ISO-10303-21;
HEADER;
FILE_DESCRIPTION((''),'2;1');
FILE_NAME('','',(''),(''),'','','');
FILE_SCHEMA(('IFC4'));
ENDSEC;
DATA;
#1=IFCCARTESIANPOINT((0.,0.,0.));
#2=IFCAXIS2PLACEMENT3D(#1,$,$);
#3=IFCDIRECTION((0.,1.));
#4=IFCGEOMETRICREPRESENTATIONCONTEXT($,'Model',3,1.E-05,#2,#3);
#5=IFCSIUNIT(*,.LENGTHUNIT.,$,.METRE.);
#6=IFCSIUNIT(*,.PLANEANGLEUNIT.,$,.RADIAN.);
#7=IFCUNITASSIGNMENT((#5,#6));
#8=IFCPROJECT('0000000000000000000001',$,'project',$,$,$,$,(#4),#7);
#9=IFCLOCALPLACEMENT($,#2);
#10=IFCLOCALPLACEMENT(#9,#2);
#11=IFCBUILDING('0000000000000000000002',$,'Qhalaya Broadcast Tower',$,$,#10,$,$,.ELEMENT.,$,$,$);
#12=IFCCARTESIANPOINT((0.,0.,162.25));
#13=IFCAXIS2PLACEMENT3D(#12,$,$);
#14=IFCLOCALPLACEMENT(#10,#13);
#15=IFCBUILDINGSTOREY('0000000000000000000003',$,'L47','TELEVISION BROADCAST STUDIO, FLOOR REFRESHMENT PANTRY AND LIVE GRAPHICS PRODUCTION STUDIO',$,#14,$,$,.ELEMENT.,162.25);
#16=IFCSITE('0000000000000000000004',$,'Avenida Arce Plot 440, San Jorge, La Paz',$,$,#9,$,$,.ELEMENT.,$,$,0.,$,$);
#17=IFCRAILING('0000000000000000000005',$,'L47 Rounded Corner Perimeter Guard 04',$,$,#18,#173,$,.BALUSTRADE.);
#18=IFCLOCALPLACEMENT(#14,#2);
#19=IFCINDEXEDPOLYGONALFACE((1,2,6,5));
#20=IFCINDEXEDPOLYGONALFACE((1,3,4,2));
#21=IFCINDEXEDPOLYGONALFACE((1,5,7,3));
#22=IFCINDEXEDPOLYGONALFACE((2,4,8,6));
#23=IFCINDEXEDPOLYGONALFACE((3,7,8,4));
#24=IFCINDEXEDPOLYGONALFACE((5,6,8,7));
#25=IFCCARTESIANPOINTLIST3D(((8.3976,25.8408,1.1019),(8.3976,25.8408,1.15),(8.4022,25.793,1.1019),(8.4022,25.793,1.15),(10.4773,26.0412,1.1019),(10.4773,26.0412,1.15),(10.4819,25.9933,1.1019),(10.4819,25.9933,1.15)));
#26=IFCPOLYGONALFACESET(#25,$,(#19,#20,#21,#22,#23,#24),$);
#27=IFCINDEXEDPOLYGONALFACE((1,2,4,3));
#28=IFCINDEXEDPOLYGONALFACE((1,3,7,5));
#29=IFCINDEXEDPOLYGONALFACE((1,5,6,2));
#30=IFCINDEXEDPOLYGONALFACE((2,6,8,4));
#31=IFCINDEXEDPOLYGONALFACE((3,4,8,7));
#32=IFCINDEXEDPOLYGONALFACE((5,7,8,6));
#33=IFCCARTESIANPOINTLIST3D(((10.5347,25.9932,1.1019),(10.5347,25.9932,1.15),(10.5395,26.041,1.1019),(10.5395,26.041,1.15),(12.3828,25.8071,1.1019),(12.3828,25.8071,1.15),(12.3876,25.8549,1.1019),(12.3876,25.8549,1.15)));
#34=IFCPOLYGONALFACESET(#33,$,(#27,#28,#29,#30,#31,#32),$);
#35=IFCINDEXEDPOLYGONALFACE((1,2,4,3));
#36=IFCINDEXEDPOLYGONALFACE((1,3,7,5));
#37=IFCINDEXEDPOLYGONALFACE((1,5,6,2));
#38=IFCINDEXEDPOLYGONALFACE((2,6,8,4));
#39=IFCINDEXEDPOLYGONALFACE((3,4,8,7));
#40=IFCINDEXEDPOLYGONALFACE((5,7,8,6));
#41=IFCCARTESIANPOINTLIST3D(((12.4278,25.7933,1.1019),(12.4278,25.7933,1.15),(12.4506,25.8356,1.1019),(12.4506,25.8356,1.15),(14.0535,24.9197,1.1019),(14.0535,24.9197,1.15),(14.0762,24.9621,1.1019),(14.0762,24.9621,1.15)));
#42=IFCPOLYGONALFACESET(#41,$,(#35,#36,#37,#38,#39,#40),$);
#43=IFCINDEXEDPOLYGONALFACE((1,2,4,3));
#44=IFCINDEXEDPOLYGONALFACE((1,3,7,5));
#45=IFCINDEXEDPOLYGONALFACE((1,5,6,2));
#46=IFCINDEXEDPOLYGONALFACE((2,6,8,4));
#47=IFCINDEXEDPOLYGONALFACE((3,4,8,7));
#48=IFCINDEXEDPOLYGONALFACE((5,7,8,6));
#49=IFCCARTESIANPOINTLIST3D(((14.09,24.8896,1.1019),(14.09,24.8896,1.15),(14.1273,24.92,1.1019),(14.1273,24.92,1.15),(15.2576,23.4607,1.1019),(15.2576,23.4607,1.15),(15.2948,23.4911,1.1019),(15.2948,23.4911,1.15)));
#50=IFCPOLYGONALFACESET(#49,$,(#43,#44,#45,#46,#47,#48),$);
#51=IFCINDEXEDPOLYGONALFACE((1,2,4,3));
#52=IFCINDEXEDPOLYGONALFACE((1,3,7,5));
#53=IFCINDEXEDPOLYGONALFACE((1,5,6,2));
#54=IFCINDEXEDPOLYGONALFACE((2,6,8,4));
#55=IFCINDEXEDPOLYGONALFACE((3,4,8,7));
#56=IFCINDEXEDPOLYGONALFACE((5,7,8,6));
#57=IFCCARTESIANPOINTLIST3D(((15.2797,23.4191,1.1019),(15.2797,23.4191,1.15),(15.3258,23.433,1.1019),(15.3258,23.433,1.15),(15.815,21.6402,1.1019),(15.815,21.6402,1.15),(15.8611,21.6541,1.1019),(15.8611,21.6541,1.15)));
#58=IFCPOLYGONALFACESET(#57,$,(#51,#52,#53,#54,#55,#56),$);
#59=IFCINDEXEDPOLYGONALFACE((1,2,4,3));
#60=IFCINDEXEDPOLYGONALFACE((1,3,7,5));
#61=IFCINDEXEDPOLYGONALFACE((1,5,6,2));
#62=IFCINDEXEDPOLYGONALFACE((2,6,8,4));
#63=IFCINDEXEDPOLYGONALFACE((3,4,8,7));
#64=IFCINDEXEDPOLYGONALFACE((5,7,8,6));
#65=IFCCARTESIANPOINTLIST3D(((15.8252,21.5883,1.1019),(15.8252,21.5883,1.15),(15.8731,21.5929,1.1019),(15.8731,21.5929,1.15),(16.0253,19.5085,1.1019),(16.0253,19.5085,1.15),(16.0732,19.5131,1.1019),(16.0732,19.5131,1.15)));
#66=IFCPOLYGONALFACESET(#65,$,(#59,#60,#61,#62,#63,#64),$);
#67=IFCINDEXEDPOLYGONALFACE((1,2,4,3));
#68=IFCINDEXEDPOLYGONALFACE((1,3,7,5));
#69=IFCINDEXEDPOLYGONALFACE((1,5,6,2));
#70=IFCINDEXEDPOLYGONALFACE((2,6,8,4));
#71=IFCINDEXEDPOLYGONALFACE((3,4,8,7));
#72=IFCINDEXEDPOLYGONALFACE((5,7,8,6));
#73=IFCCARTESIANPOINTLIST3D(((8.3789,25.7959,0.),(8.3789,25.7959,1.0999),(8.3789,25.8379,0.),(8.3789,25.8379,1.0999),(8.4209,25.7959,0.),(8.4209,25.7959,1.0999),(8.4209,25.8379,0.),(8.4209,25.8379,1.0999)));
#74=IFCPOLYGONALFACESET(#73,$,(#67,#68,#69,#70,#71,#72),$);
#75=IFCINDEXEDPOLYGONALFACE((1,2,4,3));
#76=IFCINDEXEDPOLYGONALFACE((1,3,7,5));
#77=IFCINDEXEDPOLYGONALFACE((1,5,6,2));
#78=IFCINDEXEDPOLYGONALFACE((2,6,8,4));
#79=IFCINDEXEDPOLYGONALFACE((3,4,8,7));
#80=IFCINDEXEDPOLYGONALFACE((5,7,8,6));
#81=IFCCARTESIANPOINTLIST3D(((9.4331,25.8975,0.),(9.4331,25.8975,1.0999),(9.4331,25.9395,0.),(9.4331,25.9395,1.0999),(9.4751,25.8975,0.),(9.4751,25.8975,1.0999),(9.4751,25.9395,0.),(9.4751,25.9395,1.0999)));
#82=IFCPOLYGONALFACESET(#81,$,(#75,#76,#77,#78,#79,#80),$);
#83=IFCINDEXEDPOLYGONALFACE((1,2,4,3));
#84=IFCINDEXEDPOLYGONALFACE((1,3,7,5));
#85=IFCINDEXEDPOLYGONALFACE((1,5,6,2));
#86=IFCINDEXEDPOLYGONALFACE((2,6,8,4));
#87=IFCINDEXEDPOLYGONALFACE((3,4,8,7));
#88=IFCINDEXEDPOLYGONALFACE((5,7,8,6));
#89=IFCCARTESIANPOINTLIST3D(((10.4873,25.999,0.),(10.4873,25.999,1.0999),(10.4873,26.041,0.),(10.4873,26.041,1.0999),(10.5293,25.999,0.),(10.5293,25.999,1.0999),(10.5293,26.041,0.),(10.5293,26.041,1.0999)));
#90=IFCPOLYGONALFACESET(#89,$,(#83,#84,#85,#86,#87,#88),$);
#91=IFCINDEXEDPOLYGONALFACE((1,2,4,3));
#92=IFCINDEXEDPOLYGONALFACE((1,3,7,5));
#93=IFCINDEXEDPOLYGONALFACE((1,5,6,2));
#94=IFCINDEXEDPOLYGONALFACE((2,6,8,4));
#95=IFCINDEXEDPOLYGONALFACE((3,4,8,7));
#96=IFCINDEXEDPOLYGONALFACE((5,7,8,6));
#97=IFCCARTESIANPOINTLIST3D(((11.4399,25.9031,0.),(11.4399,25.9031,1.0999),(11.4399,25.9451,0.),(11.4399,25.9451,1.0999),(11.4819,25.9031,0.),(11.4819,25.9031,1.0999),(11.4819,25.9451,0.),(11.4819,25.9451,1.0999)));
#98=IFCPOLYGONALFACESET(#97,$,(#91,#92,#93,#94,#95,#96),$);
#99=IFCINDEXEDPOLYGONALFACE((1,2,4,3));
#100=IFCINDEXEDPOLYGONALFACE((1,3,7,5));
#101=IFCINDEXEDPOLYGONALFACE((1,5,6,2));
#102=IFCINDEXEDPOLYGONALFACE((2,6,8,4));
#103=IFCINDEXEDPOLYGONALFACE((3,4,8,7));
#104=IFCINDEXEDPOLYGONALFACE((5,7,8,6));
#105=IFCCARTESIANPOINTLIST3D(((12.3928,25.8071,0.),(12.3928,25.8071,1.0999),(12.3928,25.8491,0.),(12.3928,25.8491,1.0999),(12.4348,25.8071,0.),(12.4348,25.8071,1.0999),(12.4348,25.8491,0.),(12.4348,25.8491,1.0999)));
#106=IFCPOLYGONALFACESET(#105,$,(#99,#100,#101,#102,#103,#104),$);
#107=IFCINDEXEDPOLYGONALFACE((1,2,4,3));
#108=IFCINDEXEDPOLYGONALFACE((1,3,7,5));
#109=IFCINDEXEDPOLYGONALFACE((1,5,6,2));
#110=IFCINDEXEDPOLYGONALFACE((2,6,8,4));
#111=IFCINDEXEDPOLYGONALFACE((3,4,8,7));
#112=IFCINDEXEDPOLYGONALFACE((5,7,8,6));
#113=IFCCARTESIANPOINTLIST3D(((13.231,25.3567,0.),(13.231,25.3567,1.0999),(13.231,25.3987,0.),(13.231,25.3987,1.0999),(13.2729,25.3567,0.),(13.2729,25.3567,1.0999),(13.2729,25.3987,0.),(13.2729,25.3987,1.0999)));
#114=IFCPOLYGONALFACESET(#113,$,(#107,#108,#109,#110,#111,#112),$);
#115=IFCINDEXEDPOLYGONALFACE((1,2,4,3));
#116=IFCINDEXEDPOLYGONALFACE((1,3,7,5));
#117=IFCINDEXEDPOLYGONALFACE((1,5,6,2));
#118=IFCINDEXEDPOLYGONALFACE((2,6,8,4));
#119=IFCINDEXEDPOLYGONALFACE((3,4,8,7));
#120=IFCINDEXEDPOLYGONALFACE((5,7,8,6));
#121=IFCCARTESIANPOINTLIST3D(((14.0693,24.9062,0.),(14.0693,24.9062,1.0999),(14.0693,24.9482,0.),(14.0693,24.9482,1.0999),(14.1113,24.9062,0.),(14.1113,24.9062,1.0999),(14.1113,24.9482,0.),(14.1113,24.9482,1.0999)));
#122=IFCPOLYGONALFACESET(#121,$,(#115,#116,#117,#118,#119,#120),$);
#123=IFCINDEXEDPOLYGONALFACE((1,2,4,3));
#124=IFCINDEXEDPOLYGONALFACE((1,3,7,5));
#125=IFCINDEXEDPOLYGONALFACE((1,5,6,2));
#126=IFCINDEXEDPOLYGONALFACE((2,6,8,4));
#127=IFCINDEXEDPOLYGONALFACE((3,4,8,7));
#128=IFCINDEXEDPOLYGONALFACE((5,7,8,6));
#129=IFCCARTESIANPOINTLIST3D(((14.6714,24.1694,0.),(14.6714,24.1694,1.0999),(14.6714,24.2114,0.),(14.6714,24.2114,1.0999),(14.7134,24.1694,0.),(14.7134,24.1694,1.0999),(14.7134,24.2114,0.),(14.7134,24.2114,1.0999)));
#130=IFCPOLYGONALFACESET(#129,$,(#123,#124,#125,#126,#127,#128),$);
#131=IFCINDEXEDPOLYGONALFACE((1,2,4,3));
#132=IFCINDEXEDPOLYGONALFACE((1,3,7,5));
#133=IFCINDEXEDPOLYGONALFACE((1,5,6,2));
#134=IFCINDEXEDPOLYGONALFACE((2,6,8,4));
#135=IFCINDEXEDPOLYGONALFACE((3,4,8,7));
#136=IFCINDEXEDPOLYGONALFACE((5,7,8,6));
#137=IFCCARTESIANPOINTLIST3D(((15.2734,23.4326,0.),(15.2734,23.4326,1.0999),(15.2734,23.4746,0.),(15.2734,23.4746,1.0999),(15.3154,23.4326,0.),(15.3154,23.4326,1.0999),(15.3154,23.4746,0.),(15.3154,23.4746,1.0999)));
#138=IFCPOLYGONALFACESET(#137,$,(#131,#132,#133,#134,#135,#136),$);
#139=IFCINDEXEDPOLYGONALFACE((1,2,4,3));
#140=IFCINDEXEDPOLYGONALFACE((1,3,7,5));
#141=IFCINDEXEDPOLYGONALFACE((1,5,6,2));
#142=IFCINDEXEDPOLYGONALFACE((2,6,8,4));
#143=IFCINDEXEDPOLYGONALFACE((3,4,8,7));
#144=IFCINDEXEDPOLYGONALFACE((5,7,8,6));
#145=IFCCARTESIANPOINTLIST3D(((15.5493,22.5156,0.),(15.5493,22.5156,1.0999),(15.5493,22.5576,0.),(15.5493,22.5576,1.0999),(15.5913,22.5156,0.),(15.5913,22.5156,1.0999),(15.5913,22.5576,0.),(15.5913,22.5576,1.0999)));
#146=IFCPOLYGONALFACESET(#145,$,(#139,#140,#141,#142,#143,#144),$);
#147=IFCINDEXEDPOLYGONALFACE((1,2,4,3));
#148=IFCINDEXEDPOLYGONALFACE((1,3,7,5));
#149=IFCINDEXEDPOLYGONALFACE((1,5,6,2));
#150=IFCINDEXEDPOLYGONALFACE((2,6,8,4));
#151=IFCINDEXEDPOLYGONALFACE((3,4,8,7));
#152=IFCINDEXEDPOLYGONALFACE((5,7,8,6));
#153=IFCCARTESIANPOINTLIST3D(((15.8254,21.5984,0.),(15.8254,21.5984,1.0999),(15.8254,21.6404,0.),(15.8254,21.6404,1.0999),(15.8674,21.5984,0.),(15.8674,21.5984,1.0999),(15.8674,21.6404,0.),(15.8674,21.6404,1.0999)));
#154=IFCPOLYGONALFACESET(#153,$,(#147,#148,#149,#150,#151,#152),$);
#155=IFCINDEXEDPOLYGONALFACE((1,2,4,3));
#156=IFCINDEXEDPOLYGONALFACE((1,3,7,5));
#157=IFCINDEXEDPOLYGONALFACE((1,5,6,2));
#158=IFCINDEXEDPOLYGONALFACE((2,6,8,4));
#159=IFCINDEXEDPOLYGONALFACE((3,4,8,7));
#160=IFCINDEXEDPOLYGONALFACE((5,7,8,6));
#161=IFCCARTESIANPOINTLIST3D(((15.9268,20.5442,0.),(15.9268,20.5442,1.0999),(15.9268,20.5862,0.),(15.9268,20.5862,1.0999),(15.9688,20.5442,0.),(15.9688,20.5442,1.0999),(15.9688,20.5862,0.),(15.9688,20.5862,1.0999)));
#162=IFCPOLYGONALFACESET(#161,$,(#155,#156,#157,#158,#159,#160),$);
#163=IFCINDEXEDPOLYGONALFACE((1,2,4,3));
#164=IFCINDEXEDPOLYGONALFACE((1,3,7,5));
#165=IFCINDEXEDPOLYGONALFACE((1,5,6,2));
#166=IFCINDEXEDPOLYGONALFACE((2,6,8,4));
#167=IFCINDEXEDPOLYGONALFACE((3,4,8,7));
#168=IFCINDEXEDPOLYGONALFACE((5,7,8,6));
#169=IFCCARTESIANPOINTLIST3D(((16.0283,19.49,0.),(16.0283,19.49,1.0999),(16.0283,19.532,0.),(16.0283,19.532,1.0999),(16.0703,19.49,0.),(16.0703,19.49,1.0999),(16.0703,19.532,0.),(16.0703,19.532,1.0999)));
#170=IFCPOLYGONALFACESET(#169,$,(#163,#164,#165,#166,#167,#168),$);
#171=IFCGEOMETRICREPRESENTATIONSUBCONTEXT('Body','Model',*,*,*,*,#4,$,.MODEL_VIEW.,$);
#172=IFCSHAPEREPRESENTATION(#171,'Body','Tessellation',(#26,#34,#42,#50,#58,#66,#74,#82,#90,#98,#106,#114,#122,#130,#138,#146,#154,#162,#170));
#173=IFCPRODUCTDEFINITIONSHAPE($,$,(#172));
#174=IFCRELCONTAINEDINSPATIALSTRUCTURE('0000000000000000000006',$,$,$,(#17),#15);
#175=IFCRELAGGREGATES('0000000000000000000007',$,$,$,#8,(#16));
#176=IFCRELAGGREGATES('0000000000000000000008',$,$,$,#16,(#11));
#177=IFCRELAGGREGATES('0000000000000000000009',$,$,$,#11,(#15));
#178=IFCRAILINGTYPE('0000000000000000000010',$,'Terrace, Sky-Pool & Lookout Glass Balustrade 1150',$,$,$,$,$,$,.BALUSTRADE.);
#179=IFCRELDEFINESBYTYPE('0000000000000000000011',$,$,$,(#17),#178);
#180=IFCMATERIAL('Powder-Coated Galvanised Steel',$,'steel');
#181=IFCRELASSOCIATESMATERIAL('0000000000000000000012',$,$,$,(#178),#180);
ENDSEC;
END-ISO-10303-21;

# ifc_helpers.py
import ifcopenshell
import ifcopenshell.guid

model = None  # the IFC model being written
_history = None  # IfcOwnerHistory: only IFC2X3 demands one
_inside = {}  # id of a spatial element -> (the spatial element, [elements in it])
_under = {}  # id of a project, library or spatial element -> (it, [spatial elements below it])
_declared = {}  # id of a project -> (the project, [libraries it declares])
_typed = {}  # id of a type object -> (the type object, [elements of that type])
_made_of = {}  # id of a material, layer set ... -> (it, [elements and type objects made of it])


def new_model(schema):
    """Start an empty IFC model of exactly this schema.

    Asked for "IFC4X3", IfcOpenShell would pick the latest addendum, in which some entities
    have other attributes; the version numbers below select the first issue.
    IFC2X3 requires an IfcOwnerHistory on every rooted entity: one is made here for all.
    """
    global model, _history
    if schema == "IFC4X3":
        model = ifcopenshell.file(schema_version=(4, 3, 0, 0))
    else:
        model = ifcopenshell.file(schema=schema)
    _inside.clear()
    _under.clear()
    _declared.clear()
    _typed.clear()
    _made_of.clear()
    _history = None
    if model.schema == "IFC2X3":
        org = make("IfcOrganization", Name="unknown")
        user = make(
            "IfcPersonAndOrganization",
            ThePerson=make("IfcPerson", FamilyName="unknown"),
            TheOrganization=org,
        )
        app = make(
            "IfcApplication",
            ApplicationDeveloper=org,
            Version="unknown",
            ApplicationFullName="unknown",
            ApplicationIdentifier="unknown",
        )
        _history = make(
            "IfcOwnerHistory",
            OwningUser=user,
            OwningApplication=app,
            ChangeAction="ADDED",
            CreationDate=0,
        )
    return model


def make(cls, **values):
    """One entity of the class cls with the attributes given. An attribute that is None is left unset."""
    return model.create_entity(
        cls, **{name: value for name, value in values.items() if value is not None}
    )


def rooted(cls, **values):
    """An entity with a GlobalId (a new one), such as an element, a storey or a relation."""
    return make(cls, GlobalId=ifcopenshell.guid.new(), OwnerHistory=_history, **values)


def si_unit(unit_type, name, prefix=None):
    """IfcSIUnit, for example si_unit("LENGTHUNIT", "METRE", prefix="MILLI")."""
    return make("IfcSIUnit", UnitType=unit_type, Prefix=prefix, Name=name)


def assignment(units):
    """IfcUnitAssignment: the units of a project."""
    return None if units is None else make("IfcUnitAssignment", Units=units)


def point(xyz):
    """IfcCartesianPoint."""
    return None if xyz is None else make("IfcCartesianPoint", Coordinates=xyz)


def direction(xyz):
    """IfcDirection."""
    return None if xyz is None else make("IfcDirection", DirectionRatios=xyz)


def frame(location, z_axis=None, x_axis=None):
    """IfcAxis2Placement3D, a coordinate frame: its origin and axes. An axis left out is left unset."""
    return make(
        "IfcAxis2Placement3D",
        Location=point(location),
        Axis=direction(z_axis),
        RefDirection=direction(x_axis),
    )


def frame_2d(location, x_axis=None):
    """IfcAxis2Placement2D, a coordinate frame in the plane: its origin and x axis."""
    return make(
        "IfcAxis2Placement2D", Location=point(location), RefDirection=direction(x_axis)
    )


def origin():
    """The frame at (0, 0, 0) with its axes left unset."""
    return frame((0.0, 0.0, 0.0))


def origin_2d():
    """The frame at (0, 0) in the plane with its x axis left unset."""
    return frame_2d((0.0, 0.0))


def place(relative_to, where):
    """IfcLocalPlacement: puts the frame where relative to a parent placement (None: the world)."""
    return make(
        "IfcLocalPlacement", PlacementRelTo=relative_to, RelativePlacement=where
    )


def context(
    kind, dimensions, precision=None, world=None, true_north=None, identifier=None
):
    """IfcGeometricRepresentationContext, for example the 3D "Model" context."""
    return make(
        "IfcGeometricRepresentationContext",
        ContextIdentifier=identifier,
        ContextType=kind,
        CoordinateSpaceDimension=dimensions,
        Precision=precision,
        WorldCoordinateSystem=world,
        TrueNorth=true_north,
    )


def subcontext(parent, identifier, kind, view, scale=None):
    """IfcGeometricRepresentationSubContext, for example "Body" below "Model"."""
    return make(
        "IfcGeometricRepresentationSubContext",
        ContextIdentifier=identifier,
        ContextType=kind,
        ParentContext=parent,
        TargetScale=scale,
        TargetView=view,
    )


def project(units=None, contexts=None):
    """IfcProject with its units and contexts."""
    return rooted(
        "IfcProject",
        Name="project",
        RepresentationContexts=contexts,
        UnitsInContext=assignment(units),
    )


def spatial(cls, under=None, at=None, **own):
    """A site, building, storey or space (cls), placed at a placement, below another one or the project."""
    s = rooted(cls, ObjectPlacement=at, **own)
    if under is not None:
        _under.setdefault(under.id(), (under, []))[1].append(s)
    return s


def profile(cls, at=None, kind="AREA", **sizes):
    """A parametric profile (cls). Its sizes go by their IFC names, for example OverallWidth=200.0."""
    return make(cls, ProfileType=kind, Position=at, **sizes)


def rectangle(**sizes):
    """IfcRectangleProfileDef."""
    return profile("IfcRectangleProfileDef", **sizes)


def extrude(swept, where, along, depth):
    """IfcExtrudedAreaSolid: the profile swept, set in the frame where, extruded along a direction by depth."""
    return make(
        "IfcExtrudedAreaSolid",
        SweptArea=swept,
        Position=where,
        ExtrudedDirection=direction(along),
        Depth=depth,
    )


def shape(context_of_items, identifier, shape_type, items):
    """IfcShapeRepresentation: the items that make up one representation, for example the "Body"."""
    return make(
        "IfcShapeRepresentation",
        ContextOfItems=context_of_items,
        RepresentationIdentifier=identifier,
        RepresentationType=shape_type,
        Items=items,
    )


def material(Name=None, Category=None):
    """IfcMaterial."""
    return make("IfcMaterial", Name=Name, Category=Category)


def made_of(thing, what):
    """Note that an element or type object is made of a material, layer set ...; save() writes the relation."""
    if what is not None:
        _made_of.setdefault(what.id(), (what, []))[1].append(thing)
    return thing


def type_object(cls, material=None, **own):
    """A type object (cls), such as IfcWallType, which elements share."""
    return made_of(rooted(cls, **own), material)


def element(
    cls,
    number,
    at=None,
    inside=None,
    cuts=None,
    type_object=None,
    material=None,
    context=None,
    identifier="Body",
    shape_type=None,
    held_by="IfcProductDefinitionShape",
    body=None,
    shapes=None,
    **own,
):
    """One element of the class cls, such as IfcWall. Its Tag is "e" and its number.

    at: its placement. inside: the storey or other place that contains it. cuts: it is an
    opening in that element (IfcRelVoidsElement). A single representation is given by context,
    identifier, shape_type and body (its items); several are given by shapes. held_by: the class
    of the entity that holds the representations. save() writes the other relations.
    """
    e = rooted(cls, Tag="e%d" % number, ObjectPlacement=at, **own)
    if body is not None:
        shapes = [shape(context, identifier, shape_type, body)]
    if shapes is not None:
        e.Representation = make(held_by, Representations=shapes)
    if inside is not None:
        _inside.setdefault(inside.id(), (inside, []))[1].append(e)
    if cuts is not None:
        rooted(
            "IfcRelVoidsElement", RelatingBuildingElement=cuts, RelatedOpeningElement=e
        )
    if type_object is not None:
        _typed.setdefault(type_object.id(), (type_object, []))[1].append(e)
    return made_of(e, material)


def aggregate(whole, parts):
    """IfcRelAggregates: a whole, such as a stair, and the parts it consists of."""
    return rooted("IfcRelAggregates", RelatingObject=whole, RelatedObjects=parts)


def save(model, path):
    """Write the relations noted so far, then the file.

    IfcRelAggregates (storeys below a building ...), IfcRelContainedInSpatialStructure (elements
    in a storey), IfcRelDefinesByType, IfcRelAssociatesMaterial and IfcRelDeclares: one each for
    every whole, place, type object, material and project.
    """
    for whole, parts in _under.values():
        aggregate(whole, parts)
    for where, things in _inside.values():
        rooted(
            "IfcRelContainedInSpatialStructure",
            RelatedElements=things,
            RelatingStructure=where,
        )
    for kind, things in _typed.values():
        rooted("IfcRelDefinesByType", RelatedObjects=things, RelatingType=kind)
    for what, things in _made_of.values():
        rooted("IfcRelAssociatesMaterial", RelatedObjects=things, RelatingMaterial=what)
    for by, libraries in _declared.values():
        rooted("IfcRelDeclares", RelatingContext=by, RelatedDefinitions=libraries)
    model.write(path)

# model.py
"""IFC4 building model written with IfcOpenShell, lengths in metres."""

from ifc_helpers import new_model, si_unit, direction, frame, origin, origin_2d, place, context, subcontext, project, spatial, rectangle, extrude, material, type_object, element, save


model = new_model("IFC4")

# Units and contexts
model_context = context("Model", 3, precision=1e-05, world=origin(), true_north=direction((0.0, 1.0)))
body_context = subcontext(model_context, "Body", "Model", "MODEL_VIEW")
ifc_project = project(units=[si_unit("LENGTHUNIT", "METRE"), si_unit("PLANEANGLEUNIT", "RADIAN")], contexts=[model_context])

# Site, building, storey
site_placement = place(None, origin())
site = spatial("IfcSite", under=ifc_project, at=site_placement, Name="Avenida Arce Plot 440, San Jorge, La Paz", CompositionType="ELEMENT", RefElevation=0.0)
building_placement = place(site_placement, origin())
building = spatial("IfcBuilding", under=site, at=building_placement, Name="Qhalaya Broadcast Tower", CompositionType="ELEMENT")
storey_placement = place(building_placement, frame((0.0, 0.0, 162.25)))
storey = spatial("IfcBuildingStorey", under=building, at=storey_placement, Name="L47", Description="TELEVISION BROADCAST STUDIO, FLOOR REFRESHMENT PANTRY AND LIVE GRAPHICS PRODUCTION STUDIO", CompositionType="ELEMENT", Elevation=162.25)

# Railing
ifc_material_1 = material(Name="Powder-Coated Galvanised Steel", Category="steel")
railing_type = type_object("IfcRailingType", Name="Terrace, Sky-Pool & Lookout Glass Balustrade 1150", PredefinedType="BALUSTRADE", material=ifc_material_1)
railing_placement = place(storey_placement, frame((8.3999, 25.8169, 0.0)))
element("IfcRailing", 1, at=railing_placement, inside=storey, type_object=railing_type, Name="L47 Rounded Corner Perimeter Guard 04", PredefinedType="BALUSTRADE", context=body_context, shape_type="SweptSolid", body=[
    extrude(rectangle(XDim=0.0481, YDim=0.0481, at=origin_2d()), frame((0.0, 0.0, 1.126), z_axis=(0.995391, 0.095897, 0.0), x_axis=(-0.095897, 0.995391, 0.0)), (0.0, 0.0, 1.0), 2.0894),
    extrude(rectangle(XDim=0.0481, YDim=0.0481, at=origin_2d()), frame((2.1372, 0.2002, 1.126), z_axis=(0.994968, -0.100198, 0.0), x_axis=(0.100198, 0.994968, 0.0)), (0.0, 0.0, 1.0), 1.8574),
    extrude(rectangle(XDim=0.0481, YDim=0.0481, at=origin_2d()), frame((4.0393, -0.0024, 1.126), z_axis=(0.880879, -0.473342, 0.0), x_axis=(0.473342, 0.880879, 0.0)), (0.0, 0.0, 1.0), 1.8455),
    extrude(rectangle(XDim=0.0481, YDim=0.0481, at=origin_2d()), frame((5.7087, -0.9121, 1.126), z_axis=(0.632735, -0.774369, 0.0), x_axis=(0.774369, 0.632735, 0.0)), (0.0, 0.0, 1.0), 1.8452),
    extrude(rectangle(XDim=0.0481, YDim=0.0481, at=origin_2d()), frame((6.9028, -2.3909, 1.126), z_axis=(0.288178, -0.957577, 0.0), x_axis=(0.957577, 0.288178, 0.0)), (0.0, 0.0, 1.0), 1.8577),
    extrude(rectangle(XDim=0.0481, YDim=0.0481, at=origin_2d()), frame((7.4492, -4.2263, 1.126), z_axis=(0.095783, -0.995402, 0.0), x_axis=(0.995402, 0.095783, 0.0)), (0.0, 0.0, 1.0), 2.0894),
    extrude(rectangle(XDim=0.042, YDim=0.042, at=origin_2d()), origin(), (0.0, 0.0, 1.0), 1.0999),
    extrude(rectangle(XDim=0.042, YDim=0.042, at=origin_2d()), frame((1.0542, 0.1016, 0.0)), (0.0, 0.0, 1.0), 1.0999),
    extrude(rectangle(XDim=0.042, YDim=0.042, at=origin_2d()), frame((2.1084, 0.2031, 0.0)), (0.0, 0.0, 1.0), 1.0999),
    extrude(rectangle(XDim=0.042, YDim=0.042, at=origin_2d()), frame((3.061, 0.1072, 0.0)), (0.0, 0.0, 1.0), 1.0999),
    extrude(rectangle(XDim=0.042, YDim=0.042, at=origin_2d()), frame((4.0139, 0.0112, 0.0)), (0.0, 0.0, 1.0), 1.0999),
    extrude(rectangle(XDim=0.042, YDim=0.042, at=origin_2d()), frame((4.8521, -0.4392, 0.0)), (0.0, 0.0, 1.0), 1.0999),
    extrude(rectangle(XDim=0.042, YDim=0.042, at=origin_2d()), frame((5.6904, -0.8896, 0.0)), (0.0, 0.0, 1.0), 1.0999),
    extrude(rectangle(XDim=0.042, YDim=0.042, at=origin_2d()), frame((6.2925, -1.6265, 0.0)), (0.0, 0.0, 1.0), 1.0999),
    extrude(rectangle(XDim=0.042, YDim=0.042, at=origin_2d()), frame((6.8945, -2.3633, 0.0)), (0.0, 0.0, 1.0), 1.0999),
    extrude(rectangle(XDim=0.042, YDim=0.042, at=origin_2d()), frame((7.1704, -3.2803, 0.0)), (0.0, 0.0, 1.0), 1.0999),
    extrude(rectangle(XDim=0.042, YDim=0.042, at=origin_2d()), frame((7.4465, -4.1975, 0.0)), (0.0, 0.0, 1.0), 1.0999),
    extrude(rectangle(XDim=0.042, YDim=0.042, at=origin_2d()), frame((7.5479, -5.2517, 0.0)), (0.0, 0.0, 1.0), 1.0999),
    extrude(rectangle(XDim=0.042, YDim=0.042, at=origin_2d()), frame((7.6494, -6.3059, 0.0)), (0.0, 0.0, 1.0), 1.0999),
])

save(model, "model.ifc")
